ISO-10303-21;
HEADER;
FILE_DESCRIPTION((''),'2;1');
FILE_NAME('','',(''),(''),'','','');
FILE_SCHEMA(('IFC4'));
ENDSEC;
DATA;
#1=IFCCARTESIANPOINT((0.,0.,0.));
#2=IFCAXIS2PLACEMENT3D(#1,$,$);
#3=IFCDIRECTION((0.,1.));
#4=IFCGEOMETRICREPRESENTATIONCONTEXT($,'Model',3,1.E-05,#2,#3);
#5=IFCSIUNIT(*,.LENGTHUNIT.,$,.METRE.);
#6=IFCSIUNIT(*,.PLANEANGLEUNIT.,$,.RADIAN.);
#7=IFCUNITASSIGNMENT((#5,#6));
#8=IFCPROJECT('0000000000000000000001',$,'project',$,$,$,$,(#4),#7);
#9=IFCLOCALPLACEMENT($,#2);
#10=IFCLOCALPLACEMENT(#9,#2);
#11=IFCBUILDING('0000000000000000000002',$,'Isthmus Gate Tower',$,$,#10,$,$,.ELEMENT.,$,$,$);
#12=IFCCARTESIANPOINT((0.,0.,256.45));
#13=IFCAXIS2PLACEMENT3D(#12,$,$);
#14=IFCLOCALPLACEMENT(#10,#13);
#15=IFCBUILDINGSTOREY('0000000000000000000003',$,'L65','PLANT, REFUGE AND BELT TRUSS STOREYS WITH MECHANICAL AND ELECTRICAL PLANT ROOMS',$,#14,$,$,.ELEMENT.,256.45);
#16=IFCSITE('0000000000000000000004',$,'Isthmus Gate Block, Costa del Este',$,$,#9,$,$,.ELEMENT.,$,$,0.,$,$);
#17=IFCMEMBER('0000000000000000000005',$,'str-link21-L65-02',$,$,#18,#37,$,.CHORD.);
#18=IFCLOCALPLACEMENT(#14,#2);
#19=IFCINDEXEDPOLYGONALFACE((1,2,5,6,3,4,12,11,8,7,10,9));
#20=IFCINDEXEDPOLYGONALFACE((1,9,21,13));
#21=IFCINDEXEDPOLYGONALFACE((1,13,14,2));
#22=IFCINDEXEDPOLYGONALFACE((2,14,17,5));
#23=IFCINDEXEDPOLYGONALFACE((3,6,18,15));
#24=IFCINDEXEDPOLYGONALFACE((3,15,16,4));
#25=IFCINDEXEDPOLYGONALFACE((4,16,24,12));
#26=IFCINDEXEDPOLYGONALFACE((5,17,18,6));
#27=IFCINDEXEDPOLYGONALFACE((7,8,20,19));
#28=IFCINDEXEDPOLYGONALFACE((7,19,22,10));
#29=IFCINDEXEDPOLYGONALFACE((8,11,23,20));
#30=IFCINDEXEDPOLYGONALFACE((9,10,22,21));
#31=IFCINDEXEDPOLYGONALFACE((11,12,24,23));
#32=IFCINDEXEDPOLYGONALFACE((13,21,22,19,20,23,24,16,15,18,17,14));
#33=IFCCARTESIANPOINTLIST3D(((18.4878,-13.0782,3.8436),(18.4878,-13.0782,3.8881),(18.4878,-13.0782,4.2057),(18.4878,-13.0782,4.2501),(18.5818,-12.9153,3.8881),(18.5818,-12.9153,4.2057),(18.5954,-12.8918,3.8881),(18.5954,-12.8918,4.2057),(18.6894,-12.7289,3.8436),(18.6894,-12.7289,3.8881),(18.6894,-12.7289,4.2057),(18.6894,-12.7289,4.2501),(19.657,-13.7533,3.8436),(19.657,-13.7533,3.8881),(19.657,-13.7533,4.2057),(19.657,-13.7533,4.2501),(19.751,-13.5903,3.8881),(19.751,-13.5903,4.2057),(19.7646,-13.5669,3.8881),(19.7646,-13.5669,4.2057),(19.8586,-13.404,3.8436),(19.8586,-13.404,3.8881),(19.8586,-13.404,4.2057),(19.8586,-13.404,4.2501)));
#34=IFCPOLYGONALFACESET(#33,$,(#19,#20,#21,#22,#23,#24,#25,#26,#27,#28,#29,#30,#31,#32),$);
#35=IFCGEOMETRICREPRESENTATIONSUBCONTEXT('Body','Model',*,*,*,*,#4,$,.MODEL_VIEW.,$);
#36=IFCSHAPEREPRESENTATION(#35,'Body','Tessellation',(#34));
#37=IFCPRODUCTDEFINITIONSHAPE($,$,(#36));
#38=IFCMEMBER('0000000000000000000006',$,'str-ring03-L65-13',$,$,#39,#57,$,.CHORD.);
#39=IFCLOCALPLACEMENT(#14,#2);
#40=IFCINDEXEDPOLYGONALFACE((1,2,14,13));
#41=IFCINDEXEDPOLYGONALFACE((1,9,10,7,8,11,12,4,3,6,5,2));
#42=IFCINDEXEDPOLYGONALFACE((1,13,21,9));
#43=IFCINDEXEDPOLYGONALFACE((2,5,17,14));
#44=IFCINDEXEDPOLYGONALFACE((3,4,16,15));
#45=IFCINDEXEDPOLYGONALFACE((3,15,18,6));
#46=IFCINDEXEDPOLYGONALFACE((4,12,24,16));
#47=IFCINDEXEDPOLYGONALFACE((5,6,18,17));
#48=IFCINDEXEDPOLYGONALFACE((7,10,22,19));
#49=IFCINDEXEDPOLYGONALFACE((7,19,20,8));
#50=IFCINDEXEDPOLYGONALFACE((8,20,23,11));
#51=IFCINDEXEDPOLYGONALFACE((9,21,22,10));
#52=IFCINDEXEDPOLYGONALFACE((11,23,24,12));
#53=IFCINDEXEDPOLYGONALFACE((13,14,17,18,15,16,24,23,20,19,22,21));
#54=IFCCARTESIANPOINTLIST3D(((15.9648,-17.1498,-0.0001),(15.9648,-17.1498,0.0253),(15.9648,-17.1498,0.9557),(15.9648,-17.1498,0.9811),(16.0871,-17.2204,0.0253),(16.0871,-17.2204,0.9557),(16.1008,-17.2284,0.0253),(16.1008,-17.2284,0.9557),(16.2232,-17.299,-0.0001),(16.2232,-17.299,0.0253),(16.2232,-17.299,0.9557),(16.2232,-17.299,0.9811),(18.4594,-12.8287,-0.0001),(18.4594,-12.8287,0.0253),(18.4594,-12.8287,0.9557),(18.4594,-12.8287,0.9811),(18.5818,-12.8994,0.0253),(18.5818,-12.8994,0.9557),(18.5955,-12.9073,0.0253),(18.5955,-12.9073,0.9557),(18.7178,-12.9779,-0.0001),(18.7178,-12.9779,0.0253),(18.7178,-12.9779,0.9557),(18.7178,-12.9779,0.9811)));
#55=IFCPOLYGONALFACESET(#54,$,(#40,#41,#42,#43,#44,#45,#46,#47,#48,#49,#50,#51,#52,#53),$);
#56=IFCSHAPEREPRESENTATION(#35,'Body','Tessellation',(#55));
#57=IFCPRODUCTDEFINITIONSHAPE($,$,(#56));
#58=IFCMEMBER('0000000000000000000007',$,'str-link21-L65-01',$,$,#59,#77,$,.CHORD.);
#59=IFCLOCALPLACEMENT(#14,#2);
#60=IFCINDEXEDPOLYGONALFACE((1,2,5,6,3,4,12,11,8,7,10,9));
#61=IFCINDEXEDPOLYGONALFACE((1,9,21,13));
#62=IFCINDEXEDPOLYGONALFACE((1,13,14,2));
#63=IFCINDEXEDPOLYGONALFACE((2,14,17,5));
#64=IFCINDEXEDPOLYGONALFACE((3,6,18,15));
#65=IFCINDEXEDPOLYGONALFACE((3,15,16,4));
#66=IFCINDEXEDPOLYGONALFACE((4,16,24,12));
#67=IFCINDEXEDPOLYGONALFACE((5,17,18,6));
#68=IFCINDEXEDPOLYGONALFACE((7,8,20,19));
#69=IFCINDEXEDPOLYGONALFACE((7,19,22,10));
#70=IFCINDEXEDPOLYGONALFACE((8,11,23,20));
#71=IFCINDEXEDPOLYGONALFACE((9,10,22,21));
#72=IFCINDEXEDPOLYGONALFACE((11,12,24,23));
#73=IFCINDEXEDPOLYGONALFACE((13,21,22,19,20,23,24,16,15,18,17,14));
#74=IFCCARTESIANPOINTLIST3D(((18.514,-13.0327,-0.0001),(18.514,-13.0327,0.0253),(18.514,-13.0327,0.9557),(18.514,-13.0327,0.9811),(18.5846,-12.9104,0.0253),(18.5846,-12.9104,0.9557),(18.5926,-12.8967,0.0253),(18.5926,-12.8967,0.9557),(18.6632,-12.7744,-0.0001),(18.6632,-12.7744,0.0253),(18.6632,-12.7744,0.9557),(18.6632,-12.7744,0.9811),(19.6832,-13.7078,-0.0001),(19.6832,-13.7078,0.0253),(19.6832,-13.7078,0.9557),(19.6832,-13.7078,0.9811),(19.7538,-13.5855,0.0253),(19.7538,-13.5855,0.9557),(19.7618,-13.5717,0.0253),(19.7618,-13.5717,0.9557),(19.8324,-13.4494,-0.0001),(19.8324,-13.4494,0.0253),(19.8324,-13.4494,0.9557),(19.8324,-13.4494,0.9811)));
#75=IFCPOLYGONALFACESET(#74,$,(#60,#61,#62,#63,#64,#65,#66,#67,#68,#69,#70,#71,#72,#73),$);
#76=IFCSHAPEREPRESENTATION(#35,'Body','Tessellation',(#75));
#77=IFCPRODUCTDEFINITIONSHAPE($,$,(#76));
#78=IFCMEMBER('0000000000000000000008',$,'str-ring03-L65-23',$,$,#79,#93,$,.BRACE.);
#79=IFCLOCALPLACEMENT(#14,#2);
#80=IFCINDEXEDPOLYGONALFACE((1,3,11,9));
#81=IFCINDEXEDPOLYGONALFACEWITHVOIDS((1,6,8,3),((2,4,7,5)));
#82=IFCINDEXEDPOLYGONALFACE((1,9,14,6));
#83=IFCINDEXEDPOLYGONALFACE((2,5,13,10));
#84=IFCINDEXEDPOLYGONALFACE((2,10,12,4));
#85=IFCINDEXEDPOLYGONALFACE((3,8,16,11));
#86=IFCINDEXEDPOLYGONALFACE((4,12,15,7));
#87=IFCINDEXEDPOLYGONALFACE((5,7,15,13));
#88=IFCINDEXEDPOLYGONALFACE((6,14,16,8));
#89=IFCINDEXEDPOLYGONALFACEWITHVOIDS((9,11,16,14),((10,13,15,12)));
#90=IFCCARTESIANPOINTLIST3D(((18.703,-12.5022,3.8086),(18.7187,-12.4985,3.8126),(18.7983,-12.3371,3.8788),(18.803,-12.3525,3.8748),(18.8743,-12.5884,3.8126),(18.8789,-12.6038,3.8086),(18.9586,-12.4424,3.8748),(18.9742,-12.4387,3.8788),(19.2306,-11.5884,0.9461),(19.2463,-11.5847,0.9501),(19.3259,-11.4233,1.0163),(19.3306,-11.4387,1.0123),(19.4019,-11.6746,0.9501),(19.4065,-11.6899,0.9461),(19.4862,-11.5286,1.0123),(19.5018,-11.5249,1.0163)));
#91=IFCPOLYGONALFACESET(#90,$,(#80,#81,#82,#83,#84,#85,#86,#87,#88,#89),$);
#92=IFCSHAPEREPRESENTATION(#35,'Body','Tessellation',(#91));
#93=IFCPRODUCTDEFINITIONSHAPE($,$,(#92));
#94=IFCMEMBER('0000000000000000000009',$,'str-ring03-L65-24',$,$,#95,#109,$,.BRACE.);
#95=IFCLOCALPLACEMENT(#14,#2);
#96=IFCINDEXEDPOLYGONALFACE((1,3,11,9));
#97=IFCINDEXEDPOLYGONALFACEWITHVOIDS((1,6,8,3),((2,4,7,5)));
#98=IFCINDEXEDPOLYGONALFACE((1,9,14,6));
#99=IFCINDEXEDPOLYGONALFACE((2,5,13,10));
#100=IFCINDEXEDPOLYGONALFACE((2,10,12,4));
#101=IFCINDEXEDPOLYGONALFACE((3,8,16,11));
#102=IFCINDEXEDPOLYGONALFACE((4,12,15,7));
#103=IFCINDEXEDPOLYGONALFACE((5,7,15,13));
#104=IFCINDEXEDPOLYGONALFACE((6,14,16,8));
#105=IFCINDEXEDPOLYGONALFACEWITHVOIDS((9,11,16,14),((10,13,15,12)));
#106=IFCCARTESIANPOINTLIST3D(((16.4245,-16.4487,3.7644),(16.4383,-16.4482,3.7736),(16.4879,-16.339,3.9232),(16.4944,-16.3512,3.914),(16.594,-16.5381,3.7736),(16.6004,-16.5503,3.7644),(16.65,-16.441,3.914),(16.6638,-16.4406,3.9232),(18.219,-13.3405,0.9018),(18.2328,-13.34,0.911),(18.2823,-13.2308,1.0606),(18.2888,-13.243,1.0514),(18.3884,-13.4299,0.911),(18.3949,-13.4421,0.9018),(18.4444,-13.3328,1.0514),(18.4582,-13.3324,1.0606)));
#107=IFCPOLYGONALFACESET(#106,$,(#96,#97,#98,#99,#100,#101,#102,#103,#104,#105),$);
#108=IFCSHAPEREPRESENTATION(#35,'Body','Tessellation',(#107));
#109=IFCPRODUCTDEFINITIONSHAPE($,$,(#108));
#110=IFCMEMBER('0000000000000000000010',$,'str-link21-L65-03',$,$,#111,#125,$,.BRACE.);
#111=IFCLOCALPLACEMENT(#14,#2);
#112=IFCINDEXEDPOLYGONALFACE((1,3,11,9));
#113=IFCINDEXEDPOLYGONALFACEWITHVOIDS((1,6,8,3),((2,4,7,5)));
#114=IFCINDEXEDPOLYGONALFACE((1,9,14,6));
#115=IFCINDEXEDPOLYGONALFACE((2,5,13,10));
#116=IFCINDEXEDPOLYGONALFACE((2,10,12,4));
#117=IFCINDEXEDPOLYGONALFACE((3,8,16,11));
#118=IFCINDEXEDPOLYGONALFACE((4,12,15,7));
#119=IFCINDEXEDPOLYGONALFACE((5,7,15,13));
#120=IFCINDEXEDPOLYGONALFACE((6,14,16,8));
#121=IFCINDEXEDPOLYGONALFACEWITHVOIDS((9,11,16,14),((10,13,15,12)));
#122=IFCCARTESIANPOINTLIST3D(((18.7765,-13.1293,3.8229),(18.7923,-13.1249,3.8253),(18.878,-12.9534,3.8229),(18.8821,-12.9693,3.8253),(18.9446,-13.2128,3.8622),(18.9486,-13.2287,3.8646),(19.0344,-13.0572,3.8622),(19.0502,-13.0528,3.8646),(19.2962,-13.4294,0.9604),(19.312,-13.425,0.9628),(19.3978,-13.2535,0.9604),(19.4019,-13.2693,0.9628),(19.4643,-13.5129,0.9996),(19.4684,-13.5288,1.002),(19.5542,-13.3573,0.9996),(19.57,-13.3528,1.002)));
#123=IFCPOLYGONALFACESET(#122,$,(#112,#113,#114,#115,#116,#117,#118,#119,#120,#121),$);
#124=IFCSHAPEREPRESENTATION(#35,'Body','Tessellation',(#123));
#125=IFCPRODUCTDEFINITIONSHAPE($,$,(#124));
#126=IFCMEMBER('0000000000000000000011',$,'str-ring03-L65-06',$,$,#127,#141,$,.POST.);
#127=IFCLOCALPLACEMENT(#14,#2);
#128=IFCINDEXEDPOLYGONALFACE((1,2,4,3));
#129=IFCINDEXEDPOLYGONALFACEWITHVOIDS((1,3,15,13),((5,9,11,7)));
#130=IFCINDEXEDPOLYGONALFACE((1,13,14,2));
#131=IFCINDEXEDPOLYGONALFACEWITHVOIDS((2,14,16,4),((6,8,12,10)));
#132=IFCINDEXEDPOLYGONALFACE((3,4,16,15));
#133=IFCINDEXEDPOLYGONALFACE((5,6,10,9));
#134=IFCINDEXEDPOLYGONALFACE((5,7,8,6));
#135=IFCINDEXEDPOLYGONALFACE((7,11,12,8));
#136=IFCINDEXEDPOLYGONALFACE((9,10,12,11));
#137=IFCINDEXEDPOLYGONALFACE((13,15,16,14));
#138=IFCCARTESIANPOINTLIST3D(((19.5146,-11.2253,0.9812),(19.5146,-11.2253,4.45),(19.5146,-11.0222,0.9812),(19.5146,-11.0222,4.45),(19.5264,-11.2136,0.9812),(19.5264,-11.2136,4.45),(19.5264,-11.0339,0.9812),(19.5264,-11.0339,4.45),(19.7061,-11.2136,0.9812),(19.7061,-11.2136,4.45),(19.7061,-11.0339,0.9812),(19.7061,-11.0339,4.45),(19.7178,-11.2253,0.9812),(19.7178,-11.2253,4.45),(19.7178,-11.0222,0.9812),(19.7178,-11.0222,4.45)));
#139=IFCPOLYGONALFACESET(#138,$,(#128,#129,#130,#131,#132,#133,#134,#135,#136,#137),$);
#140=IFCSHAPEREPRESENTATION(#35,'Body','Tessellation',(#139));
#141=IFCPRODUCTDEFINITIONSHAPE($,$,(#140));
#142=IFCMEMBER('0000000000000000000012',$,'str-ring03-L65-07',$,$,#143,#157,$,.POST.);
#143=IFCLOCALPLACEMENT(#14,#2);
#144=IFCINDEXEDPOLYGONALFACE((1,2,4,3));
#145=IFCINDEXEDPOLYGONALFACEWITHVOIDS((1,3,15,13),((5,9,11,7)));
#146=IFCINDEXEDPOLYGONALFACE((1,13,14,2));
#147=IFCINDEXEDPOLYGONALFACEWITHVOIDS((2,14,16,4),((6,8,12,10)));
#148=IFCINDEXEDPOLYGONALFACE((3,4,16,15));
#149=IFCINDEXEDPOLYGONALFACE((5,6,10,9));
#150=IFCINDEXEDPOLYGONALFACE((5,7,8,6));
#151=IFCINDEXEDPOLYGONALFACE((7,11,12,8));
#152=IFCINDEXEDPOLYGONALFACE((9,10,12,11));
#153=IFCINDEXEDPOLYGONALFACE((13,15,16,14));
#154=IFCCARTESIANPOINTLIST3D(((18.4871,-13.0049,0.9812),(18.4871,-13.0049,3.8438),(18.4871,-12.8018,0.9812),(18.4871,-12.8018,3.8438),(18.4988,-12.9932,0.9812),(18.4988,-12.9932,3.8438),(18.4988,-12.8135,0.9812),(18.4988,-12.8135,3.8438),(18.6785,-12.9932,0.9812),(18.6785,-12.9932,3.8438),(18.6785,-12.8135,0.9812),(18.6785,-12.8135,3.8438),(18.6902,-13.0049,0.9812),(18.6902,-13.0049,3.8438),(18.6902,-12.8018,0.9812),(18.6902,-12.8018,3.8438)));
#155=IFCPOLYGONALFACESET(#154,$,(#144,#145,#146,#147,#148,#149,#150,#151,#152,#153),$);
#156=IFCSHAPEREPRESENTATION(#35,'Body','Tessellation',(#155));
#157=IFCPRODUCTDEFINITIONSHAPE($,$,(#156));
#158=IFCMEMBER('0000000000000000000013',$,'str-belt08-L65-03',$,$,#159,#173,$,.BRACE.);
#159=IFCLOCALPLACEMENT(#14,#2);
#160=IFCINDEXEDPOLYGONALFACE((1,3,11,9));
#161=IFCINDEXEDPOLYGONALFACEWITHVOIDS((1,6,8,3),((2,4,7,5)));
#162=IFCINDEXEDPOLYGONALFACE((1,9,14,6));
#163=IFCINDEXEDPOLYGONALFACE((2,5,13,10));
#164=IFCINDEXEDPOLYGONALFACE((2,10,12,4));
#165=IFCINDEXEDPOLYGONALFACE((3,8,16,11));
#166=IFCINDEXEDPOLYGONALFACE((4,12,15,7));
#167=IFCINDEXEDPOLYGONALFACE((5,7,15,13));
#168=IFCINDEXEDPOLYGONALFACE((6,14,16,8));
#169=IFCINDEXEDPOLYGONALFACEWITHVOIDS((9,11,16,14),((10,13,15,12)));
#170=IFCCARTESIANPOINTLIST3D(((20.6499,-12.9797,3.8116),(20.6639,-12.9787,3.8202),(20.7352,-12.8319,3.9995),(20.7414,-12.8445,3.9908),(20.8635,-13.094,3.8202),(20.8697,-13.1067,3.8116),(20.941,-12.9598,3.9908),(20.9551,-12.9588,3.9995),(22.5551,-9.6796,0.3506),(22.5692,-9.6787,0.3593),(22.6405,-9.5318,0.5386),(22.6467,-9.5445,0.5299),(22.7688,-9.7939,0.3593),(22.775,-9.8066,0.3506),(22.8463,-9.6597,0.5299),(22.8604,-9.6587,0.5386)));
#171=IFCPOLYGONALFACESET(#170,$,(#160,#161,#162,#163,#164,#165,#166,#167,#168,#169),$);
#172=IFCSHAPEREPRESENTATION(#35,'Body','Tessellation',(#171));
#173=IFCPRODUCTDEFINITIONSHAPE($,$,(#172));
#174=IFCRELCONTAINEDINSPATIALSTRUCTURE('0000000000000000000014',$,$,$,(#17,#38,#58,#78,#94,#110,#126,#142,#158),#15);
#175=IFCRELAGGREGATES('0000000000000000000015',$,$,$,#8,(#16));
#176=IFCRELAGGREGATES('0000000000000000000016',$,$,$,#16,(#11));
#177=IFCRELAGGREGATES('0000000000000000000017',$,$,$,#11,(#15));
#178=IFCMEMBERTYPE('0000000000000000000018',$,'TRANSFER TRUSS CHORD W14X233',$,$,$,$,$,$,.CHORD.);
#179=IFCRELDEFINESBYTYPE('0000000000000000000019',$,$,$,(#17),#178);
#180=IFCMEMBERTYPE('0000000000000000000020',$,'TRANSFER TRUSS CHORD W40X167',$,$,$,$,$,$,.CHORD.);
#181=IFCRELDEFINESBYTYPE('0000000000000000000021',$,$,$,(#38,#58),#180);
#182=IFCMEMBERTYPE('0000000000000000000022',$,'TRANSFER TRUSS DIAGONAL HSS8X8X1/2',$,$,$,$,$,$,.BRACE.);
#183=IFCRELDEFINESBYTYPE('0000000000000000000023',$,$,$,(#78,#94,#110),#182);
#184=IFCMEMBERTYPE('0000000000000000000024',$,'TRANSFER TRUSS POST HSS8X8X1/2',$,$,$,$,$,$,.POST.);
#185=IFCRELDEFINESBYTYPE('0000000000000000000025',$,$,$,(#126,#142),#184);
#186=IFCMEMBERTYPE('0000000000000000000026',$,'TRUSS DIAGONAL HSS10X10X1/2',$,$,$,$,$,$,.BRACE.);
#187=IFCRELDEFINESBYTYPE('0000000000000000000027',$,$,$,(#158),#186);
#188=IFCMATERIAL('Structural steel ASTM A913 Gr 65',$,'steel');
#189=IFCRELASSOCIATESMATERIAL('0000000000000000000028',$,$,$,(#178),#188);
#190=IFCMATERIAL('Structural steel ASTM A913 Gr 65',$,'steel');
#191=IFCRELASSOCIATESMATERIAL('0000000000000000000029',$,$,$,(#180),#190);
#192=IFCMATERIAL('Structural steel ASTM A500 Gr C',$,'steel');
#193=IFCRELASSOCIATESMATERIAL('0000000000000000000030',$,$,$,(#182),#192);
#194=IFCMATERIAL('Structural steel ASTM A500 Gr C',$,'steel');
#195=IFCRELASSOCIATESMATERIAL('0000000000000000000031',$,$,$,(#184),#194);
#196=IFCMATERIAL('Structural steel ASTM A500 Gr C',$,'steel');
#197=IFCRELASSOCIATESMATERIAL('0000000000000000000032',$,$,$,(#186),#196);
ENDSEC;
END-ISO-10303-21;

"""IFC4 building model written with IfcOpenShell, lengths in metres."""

from ifc_helpers import new_model, si_unit, direction, frame, origin, origin_2d, place, context, subcontext, project, spatial, hollow_rectangle, i_section, extrude, material, material_profile, profile_set, type_object, element, save


model = new_model("IFC4")

# Units and contexts
model_context = context("Model", 3, precision=1e-05, world=origin(), true_north=direction((0.0, 1.0)))
body_context = subcontext(model_context, "Body", "Model", "MODEL_VIEW")
ifc_project = project(units=[si_unit("LENGTHUNIT", "METRE"), si_unit("PLANEANGLEUNIT", "RADIAN")], contexts=[model_context])

# Site, building, storey
site_placement = place(None, origin())
site = spatial("IfcSite", under=ifc_project, at=site_placement, Name="Isthmus Gate Block, Costa del Este", CompositionType="ELEMENT", RefElevation=0.0)
building_placement = place(site_placement, origin())
building = spatial("IfcBuilding", under=site, at=building_placement, Name="Isthmus Gate Tower", CompositionType="ELEMENT")
storey_placement = place(building_placement, frame((0.0, 0.0, 256.45)))
storey = spatial("IfcBuildingStorey", under=building, at=storey_placement, Name="L65", Description="PLANT, REFUGE AND BELT TRUSS STOREYS WITH MECHANICAL AND ELECTRICAL PLANT ROOMS", CompositionType="ELEMENT", Elevation=256.45)

# Members
ifc_material_1 = material(Name="Structural steel ASTM A913 Gr 65", Category="steel")
ifc_material_profile_1 = material_profile(ifc_material_1, i_section(OverallWidth=0.4033, OverallDepth=0.4065, WebThickness=0.0271, FlangeThickness=0.0444, at=origin_2d()), Name="W14X233")
ifc_profile_set_1 = profile_set([ifc_material_profile_1], Name="Structural steel ASTM A913 Gr 65")
member_type_1 = type_object("IfcMemberType", Name="TRANSFER TRUSS CHORD W14X233", PredefinedType="CHORD", material=ifc_profile_set_1)
member_1_placement = place(storey_placement, frame((19.7578, -13.5786, 4.0469), z_axis=(-0.86602, 0.500009, 0.0), x_axis=(-0.500009, -0.86602, 0.0)))
element("IfcMember", 1, at=member_1_placement, inside=storey, type_object=member_type_1, Name="str-link21-L65-02", PredefinedType="CHORD", context=body_context, shape_type="SweptSolid", body=[
    extrude(i_section(OverallWidth=0.4033, OverallDepth=0.4065, WebThickness=0.0271, FlangeThickness=0.0444, at=origin_2d()), origin(), (0.0, 0.0, 1.0), 1.3501),
])
ifc_material_2 = material(Name="Structural steel ASTM A913 Gr 65", Category="steel")
ifc_material_profile_2 = material_profile(ifc_material_2, i_section(OverallWidth=0.2983, OverallDepth=0.9812, WebThickness=0.0159, FlangeThickness=0.0254, at=origin_2d()), Name="W40X167")
ifc_profile_set_2 = profile_set([ifc_material_profile_2], Name="Structural steel ASTM A913 Gr 65")
member_type_2 = type_object("IfcMemberType", Name="TRANSFER TRUSS CHORD W40X167", PredefinedType="CHORD", material=ifc_profile_set_2)
member_2_placement = place(storey_placement, frame((18.5886, -12.9033, 0.4905), z_axis=(-0.499981, -0.866036, 0.0), x_axis=(0.866036, -0.499981, 0.0)))
element("IfcMember", 2, at=member_2_placement, inside=storey, type_object=member_type_2, Name="str-ring03-L65-13", PredefinedType="CHORD", context=body_context, shape_type="SweptSolid", body=[
    extrude(i_section(OverallWidth=0.2983, OverallDepth=0.9812, WebThickness=0.0159, FlangeThickness=0.0254, at=origin_2d()), origin(), (0.0, 0.0, 1.0), 4.9895),
])
member_3_placement = place(storey_placement, frame((19.7578, -13.5786, 0.4905), z_axis=(-0.86602, 0.500009, 0.0), x_axis=(-0.500009, -0.86602, 0.0)))
element("IfcMember", 3, at=member_3_placement, inside=storey, type_object=member_type_2, Name="str-link21-L65-01", PredefinedType="CHORD", context=body_context, shape_type="SweptSolid", body=[
    extrude(i_section(OverallWidth=0.2983, OverallDepth=0.9812, WebThickness=0.0159, FlangeThickness=0.0254, at=origin_2d()), origin(), (0.0, 0.0, 1.0), 1.3501),
])
ifc_material_3 = material(Name="Structural steel ASTM A500 Gr C", Category="steel")
ifc_material_profile_3 = material_profile(ifc_material_3, hollow_rectangle(XDim=0.2031, YDim=0.2031, WallThickness=0.0117, at=origin_2d()), Name="HSS8X8X1/2")
ifc_profile_set_3 = profile_set([ifc_material_profile_3], Name="Structural steel ASTM A500 Gr C")
member_type_3 = type_object("IfcMemberType", Name="TRANSFER TRUSS DIAGONAL HSS8X8X1/2", PredefinedType="BRACE", material=ifc_profile_set_3)
member_4_placement = place(storey_placement, frame((19.3662, -11.5566, 0.9812), z_axis=(-0.172932, -0.299531, 0.938283), x_axis=(0.866028, -0.499996, 0.0)))
element("IfcMember", 4, at=member_4_placement, inside=storey, type_object=member_type_3, Name="str-ring03-L65-23", PredefinedType="BRACE", context=body_context, shape_type="SweptSolid", body=[
    extrude(hollow_rectangle(XDim=0.2031, YDim=0.2031, WallThickness=0.0117, at=origin_2d()), origin(), (0.0, 0.0, 1.0), 3.0508),
])
member_5_placement = place(storey_placement, frame((18.3386, -13.3364, 0.9812), z_axis=(-0.390882, -0.67705, 0.62355), x_axis=(0.866033, -0.499987, 0.0)))
element("IfcMember", 5, at=member_5_placement, inside=storey, type_object=member_type_3, Name="str-ring03-L65-24", PredefinedType="BRACE", context=body_context, shape_type="SweptSolid", body=[
    extrude(hollow_rectangle(XDim=0.2031, YDim=0.2031, WallThickness=0.0117, at=origin_2d()), origin(), (0.0, 0.0, 1.0), 4.5908),
])
member_6_placement = place(storey_placement, frame((19.4331, -13.3911, 0.9812), z_axis=(-0.177714, 0.102588, 0.97872), x_axis=(-0.499945, -0.866057, 0.0)))
element("IfcMember", 6, at=member_6_placement, inside=storey, type_object=member_type_3, Name="str-link21-L65-03", PredefinedType="BRACE", context=body_context, shape_type="SweptSolid", body=[
    extrude(hollow_rectangle(XDim=0.2031, YDim=0.2031, WallThickness=0.0117, at=origin_2d()), origin(), (0.0, 0.0, 1.0), 2.9248),
])
ifc_material_4 = material(Name="Structural steel ASTM A500 Gr C", Category="steel")
ifc_material_profile_4 = material_profile(ifc_material_4, hollow_rectangle(XDim=0.2031, YDim=0.2031, WallThickness=0.0117, at=origin_2d()), Name="HSS8X8X1/2")
ifc_profile_set_4 = profile_set([ifc_material_profile_4], Name="Structural steel ASTM A500 Gr C")
member_type_4 = type_object("IfcMemberType", Name="TRANSFER TRUSS POST HSS8X8X1/2", PredefinedType="POST", material=ifc_profile_set_4)
member_7_placement = place(storey_placement, frame((19.6162, -11.1238, 0.9812), z_axis=(0.0, 0.0, 1.0), x_axis=(1.0, 0.0, 0.0)))
element("IfcMember", 7, at=member_7_placement, inside=storey, type_object=member_type_4, Name="str-ring03-L65-06", PredefinedType="POST", context=body_context, shape_type="SweptSolid", body=[
    extrude(hollow_rectangle(XDim=0.2031, YDim=0.2031, WallThickness=0.0117, at=origin_2d()), origin(), (0.0, 0.0, 1.0), 3.4688),
])
member_8_placement = place(storey_placement, frame((18.5886, -12.9033, 0.9812), z_axis=(0.0, 0.0, 1.0), x_axis=(1.0, 0.0, 0.0)))
element("IfcMember", 8, at=member_8_placement, inside=storey, type_object=member_type_4, Name="str-ring03-L65-07", PredefinedType="POST", context=body_context, shape_type="SweptSolid", body=[
    extrude(hollow_rectangle(XDim=0.2031, YDim=0.2031, WallThickness=0.0117, at=origin_2d()), origin(), (0.0, 0.0, 1.0), 2.8625),
])
ifc_material_5 = material(Name="Structural steel ASTM A500 Gr C", Category="steel")
ifc_material_profile_5 = material_profile(ifc_material_5, hollow_rectangle(XDim=0.2539, YDim=0.2539, WallThickness=0.0117, at=origin_2d()), Name="HSS10X10X1/2")
ifc_profile_set_5 = profile_set([ifc_material_profile_5], Name="Structural steel ASTM A500 Gr C")
member_type_5 = type_object("IfcMemberType", Name="TRUSS DIAGONAL HSS10X10X1/2", PredefinedType="BRACE", material=ifc_profile_set_5)
member_9_placement = place(storey_placement, frame((22.7078, -9.6692, 0.4446), z_axis=(-0.370124, -0.641077, 0.672331), x_axis=(0.866027, -0.499998, 0.0)))
element("IfcMember", 9, at=member_9_placement, inside=storey, type_object=member_type_5, Name="str-belt08-L65-03", PredefinedType="BRACE", context=body_context, shape_type="SweptSolid", body=[
    extrude(hollow_rectangle(XDim=0.2539, YDim=0.2539, WallThickness=0.0117, at=origin_2d()), origin(), (0.0, 0.0, 1.0), 5.1477),
])

save(model, "model.ifc")
